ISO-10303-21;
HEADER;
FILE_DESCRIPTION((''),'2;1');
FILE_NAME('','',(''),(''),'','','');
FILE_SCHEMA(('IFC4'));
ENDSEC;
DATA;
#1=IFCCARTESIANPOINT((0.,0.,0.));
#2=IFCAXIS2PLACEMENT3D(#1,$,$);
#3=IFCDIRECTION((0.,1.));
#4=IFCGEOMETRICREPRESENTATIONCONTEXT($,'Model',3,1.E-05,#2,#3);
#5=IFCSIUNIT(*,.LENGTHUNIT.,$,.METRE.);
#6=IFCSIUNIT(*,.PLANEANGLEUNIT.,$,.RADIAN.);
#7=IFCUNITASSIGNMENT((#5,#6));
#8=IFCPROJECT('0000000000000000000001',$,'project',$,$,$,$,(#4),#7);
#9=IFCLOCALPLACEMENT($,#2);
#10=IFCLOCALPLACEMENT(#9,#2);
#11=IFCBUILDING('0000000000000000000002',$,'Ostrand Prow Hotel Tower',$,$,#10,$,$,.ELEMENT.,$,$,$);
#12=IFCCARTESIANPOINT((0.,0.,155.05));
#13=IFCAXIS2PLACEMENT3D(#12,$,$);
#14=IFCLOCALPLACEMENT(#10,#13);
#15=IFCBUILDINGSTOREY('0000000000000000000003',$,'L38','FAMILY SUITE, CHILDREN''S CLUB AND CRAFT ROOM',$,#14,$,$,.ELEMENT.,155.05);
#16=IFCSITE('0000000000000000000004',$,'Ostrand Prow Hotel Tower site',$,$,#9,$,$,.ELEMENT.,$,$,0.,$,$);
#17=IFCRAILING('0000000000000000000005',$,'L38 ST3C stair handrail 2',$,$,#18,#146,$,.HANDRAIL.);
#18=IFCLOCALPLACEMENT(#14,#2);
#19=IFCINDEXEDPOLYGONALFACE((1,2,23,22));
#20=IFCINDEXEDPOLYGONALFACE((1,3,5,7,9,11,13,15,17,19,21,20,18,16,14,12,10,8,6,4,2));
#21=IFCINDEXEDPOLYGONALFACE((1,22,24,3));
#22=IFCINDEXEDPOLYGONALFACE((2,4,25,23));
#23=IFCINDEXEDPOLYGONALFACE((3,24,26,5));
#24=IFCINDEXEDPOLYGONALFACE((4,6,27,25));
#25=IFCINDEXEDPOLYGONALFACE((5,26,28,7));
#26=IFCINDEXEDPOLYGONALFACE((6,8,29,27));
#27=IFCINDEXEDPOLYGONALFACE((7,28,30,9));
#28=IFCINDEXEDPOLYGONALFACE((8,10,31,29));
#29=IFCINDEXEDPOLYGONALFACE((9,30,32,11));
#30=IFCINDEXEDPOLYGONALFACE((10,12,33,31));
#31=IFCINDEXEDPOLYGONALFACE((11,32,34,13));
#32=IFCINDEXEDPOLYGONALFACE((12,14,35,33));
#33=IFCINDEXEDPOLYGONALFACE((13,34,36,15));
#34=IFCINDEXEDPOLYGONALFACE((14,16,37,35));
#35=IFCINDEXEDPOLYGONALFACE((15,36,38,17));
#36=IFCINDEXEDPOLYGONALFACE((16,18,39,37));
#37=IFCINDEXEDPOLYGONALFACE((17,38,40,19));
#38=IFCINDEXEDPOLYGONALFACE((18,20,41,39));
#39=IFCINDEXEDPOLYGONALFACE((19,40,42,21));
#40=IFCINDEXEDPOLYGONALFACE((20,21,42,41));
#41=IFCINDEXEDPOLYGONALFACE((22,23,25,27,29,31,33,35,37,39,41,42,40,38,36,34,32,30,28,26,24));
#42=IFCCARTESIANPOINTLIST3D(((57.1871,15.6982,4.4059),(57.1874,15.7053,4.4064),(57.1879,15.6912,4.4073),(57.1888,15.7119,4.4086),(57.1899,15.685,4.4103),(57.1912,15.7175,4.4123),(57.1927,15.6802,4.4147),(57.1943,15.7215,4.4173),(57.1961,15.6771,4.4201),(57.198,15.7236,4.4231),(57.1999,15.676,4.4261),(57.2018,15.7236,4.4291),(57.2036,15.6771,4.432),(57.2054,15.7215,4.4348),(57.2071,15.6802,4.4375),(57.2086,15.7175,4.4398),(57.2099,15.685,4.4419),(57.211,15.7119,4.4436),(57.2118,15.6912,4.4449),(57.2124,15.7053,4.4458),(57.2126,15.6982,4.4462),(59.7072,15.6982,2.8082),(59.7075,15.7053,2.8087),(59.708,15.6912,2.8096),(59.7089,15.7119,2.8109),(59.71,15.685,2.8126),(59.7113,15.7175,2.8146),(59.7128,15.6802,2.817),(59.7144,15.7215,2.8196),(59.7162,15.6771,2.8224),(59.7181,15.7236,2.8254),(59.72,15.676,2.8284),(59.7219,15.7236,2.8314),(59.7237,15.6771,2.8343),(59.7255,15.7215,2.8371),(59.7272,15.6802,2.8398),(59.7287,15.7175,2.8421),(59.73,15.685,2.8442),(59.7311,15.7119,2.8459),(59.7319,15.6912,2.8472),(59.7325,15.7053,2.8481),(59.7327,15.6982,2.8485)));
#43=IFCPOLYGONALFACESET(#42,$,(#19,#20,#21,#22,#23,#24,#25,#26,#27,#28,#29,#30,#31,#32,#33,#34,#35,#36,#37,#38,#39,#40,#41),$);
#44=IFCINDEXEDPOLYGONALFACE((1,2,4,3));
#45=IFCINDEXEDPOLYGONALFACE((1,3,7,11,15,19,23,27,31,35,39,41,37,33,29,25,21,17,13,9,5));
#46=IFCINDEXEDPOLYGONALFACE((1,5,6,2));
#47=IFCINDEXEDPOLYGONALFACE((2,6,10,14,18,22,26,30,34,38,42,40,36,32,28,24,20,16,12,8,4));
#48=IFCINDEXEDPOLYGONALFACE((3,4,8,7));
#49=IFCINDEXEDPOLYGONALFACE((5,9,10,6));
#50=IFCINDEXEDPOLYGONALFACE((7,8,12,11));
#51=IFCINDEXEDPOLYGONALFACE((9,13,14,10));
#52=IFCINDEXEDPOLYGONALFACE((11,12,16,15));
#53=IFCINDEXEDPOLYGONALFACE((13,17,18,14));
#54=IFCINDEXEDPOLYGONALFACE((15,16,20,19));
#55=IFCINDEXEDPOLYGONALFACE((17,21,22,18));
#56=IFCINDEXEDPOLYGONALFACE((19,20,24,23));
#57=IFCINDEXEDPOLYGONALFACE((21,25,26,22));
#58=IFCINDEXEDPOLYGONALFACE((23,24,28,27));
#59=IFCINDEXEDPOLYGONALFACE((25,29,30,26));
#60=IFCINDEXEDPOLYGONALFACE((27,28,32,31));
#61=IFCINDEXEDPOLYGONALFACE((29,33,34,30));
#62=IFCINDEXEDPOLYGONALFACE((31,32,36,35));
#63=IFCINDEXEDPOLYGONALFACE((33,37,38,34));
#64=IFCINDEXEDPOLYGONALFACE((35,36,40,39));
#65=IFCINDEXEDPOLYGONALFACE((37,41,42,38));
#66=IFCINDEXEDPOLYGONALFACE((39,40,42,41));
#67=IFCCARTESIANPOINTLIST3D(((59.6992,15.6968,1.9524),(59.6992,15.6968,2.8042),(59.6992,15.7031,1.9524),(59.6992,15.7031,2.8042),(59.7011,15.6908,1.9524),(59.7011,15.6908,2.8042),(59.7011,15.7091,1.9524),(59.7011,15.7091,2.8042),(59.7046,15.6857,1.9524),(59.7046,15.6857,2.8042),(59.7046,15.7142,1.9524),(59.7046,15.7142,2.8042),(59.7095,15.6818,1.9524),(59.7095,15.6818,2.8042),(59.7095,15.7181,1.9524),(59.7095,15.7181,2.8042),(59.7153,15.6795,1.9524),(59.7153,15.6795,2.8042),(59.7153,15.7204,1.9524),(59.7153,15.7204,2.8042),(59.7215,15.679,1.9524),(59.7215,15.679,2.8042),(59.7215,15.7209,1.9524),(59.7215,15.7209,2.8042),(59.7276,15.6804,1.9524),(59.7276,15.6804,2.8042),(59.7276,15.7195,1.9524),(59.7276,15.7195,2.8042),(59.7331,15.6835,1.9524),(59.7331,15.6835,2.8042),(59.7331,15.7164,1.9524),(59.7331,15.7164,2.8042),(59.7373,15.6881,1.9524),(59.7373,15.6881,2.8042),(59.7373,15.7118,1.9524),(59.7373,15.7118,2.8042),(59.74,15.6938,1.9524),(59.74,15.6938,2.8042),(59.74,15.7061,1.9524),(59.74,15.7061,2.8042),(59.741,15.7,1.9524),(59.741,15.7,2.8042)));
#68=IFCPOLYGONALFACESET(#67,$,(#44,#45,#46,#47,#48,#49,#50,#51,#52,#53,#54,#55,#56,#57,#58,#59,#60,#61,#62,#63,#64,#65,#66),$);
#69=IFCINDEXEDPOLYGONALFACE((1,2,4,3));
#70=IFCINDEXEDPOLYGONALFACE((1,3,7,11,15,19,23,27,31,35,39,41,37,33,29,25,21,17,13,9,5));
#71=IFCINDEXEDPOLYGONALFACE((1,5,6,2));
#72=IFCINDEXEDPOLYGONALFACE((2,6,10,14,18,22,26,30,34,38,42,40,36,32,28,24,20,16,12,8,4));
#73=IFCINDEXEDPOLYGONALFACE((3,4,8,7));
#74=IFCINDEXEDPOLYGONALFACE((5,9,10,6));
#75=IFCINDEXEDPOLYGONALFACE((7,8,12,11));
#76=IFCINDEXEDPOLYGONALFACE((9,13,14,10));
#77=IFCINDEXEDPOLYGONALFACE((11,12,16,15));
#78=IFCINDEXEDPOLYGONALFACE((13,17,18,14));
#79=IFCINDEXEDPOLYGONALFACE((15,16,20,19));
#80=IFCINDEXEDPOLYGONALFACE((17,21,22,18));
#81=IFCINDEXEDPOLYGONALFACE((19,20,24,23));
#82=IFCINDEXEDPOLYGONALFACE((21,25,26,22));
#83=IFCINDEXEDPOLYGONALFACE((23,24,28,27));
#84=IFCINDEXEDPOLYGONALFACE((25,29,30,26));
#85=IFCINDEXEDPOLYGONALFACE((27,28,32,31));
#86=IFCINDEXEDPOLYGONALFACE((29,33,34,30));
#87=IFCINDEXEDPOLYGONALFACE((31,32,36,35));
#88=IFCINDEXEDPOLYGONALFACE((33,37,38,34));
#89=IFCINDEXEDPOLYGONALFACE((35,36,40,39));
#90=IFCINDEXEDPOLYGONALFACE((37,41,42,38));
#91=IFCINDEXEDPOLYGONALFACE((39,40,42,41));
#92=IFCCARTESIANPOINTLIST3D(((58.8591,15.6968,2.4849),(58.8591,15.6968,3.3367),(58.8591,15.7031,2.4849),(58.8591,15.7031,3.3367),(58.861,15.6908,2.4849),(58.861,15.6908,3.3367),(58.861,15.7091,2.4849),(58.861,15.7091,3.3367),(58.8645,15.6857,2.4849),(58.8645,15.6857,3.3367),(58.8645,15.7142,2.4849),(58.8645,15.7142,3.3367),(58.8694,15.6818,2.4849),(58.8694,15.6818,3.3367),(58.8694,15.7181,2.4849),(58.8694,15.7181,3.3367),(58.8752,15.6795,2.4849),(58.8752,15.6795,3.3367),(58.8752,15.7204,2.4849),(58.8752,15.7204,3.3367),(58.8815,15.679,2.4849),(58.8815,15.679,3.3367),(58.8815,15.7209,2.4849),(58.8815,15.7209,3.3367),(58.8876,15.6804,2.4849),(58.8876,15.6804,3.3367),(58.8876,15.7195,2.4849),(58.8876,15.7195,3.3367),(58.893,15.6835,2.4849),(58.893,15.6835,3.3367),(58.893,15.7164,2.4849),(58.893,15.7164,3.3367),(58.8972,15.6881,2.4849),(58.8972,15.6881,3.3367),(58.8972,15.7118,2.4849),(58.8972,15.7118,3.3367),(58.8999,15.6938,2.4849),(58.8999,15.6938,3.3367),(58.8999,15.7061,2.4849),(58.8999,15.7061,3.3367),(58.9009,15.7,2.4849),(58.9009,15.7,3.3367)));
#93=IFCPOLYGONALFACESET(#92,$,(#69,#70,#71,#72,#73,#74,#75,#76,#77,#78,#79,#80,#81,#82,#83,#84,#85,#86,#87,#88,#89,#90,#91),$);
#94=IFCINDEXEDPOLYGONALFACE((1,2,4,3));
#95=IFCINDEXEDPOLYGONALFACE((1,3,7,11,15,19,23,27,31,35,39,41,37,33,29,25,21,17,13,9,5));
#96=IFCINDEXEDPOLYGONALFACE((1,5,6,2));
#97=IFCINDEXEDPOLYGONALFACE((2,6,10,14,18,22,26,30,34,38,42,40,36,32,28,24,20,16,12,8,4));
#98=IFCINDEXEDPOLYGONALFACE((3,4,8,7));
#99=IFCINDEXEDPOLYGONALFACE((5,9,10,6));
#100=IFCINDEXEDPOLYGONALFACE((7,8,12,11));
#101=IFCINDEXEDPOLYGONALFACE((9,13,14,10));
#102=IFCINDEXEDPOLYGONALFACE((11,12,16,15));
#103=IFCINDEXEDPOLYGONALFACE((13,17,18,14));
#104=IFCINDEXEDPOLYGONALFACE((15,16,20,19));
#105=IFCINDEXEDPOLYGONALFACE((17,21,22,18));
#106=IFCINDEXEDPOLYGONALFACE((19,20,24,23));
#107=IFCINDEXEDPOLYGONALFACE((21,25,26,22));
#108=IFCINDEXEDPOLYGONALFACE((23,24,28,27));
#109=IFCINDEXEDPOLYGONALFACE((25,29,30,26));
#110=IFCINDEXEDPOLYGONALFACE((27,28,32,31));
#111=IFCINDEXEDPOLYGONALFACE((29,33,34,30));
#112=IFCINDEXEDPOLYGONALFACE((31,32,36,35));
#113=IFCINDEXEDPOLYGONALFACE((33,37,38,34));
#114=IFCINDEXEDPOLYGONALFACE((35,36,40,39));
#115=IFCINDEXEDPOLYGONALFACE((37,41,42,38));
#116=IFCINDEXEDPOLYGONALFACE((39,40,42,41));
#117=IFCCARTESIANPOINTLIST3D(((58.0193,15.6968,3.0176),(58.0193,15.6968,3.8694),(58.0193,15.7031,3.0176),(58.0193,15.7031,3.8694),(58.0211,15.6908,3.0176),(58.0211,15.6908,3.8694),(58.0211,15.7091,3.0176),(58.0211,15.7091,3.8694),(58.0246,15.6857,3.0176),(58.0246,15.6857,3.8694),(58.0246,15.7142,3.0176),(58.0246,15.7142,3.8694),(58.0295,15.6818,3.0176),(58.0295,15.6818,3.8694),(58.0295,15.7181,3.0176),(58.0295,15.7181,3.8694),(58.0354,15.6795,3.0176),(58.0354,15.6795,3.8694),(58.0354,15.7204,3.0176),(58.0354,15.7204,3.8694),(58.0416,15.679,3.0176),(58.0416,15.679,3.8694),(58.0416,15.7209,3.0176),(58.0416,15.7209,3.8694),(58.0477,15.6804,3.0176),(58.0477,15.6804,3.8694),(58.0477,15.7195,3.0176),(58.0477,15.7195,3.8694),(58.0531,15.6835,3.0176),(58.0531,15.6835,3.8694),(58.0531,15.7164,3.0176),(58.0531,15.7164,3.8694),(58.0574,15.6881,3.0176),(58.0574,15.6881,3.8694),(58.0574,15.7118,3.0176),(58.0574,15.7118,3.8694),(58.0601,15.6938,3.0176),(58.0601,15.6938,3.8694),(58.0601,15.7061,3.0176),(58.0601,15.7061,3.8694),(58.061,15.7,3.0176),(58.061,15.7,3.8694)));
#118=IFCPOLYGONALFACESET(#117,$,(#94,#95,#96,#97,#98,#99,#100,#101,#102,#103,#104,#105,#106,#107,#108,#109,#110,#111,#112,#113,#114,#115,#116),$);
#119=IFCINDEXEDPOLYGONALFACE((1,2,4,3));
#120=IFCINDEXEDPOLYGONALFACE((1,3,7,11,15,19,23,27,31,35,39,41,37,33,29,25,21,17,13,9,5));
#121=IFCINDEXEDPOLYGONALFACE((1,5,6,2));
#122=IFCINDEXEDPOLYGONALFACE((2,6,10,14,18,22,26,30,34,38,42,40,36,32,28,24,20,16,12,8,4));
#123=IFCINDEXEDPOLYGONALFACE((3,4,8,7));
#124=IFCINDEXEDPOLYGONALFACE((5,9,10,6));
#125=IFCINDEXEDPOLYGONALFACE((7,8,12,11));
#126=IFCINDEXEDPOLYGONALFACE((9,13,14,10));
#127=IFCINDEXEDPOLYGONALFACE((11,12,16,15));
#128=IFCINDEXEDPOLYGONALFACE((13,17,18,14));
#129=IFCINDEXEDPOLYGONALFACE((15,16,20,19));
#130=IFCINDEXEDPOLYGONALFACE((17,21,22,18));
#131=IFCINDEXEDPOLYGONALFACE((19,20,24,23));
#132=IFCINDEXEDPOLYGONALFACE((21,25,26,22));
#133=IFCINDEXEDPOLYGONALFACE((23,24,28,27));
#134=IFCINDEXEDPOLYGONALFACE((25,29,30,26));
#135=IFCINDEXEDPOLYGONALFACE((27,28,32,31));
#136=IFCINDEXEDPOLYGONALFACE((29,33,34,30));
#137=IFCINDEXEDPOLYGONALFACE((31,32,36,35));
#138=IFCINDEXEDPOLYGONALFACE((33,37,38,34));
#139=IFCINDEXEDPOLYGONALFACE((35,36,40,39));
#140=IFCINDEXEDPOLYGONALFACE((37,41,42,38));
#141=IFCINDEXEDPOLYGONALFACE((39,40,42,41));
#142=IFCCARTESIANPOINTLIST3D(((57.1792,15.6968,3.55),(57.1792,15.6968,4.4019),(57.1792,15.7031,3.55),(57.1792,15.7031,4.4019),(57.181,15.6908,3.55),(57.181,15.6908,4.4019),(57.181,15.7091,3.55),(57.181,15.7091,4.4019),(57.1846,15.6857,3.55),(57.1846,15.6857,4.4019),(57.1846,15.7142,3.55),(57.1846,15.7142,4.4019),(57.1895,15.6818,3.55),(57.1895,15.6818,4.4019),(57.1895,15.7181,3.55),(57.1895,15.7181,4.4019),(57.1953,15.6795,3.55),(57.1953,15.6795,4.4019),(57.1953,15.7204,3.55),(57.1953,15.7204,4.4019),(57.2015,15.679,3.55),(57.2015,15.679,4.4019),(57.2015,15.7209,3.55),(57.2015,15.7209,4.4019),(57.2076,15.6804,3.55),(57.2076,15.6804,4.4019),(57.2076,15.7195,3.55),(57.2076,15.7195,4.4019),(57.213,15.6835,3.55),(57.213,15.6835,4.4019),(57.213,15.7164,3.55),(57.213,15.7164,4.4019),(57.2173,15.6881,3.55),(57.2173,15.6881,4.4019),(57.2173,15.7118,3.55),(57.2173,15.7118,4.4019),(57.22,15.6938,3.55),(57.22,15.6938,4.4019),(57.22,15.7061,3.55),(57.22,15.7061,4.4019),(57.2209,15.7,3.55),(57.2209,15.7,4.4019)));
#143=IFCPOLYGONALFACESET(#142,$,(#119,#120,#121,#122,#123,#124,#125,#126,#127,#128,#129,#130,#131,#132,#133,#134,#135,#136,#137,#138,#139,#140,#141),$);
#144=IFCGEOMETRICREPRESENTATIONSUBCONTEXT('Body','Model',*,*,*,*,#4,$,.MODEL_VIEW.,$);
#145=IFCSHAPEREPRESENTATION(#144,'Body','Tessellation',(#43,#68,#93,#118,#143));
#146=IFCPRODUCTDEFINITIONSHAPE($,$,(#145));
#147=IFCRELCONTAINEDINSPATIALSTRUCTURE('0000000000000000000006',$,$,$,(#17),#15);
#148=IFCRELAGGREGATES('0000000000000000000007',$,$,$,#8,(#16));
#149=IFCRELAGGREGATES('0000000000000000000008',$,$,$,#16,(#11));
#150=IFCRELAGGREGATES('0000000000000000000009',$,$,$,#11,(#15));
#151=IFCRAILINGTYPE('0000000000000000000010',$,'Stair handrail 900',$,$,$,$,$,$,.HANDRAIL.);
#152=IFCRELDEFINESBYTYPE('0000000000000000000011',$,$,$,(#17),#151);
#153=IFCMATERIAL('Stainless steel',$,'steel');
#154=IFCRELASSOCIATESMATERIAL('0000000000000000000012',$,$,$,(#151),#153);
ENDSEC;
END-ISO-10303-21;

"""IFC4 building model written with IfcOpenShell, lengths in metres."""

from ifc_helpers import new_model, si_unit, direction, frame, origin, origin_2d, place, context, subcontext, project, spatial, circle, extrude, material, type_object, element, save


model = new_model("IFC4")

# Units and contexts
model_context = context("Model", 3, precision=1e-05, world=origin(), true_north=direction((0.0, 1.0)))
body_context = subcontext(model_context, "Body", "Model", "MODEL_VIEW")
ifc_project = project(units=[si_unit("LENGTHUNIT", "METRE"), si_unit("PLANEANGLEUNIT", "RADIAN")], contexts=[model_context])

# Site, building, storey
site_placement = place(None, origin())
site = spatial("IfcSite", under=ifc_project, at=site_placement, Name="Ostrand Prow Hotel Tower site", CompositionType="ELEMENT", RefElevation=0.0)
building_placement = place(site_placement, origin())
building = spatial("IfcBuilding", under=site, at=building_placement, Name="Ostrand Prow Hotel Tower", CompositionType="ELEMENT")
storey_placement = place(building_placement, frame((0.0, 0.0, 155.05)))
storey = spatial("IfcBuildingStorey", under=building, at=storey_placement, Name="L38", Description="FAMILY SUITE, CHILDREN'S CLUB AND CRAFT ROOM", CompositionType="ELEMENT", Elevation=155.05)

# Railing
ifc_material_1 = material(Name="Stainless steel", Category="steel")
railing_type_1 = type_object("IfcRailingType", Name="Stair handrail 900", PredefinedType="HANDRAIL", material=ifc_material_1)
railing_1_placement = place(storey_placement, frame((59.72, 15.7, 1.9524)))
element("IfcRailing", 1, at=railing_1_placement, inside=storey, type_object=railing_type_1, Name="L38 ST3C stair handrail 2", PredefinedType="HANDRAIL", context=body_context, shape_type="SweptSolid", body=[
    extrude(circle(Radius=0.0239, at=origin_2d()), frame((0.0, 0.0, 0.876), z_axis=(-0.84457, 0.0, 0.535445), x_axis=(0.0, -1.0, 0.0)), (0.0, 0.0, 1.0), 2.9839),
    extrude(circle(Radius=0.021, at=origin_2d()), origin(), (0.0, 0.0, 1.0), 0.8518),
    extrude(circle(Radius=0.021, at=origin_2d()), frame((-0.8401, 0.0, 0.5325)), (0.0, 0.0, 1.0), 0.8518),
    extrude(circle(Radius=0.021, at=origin_2d()), frame((-1.6799, 0.0, 1.0652)), (0.0, 0.0, 1.0), 0.8518),
    extrude(circle(Radius=0.021, at=origin_2d()), frame((-2.52, 0.0, 1.5977)), (0.0, 0.0, 1.0), 0.8518),
])

save(model, "model.ifc")
